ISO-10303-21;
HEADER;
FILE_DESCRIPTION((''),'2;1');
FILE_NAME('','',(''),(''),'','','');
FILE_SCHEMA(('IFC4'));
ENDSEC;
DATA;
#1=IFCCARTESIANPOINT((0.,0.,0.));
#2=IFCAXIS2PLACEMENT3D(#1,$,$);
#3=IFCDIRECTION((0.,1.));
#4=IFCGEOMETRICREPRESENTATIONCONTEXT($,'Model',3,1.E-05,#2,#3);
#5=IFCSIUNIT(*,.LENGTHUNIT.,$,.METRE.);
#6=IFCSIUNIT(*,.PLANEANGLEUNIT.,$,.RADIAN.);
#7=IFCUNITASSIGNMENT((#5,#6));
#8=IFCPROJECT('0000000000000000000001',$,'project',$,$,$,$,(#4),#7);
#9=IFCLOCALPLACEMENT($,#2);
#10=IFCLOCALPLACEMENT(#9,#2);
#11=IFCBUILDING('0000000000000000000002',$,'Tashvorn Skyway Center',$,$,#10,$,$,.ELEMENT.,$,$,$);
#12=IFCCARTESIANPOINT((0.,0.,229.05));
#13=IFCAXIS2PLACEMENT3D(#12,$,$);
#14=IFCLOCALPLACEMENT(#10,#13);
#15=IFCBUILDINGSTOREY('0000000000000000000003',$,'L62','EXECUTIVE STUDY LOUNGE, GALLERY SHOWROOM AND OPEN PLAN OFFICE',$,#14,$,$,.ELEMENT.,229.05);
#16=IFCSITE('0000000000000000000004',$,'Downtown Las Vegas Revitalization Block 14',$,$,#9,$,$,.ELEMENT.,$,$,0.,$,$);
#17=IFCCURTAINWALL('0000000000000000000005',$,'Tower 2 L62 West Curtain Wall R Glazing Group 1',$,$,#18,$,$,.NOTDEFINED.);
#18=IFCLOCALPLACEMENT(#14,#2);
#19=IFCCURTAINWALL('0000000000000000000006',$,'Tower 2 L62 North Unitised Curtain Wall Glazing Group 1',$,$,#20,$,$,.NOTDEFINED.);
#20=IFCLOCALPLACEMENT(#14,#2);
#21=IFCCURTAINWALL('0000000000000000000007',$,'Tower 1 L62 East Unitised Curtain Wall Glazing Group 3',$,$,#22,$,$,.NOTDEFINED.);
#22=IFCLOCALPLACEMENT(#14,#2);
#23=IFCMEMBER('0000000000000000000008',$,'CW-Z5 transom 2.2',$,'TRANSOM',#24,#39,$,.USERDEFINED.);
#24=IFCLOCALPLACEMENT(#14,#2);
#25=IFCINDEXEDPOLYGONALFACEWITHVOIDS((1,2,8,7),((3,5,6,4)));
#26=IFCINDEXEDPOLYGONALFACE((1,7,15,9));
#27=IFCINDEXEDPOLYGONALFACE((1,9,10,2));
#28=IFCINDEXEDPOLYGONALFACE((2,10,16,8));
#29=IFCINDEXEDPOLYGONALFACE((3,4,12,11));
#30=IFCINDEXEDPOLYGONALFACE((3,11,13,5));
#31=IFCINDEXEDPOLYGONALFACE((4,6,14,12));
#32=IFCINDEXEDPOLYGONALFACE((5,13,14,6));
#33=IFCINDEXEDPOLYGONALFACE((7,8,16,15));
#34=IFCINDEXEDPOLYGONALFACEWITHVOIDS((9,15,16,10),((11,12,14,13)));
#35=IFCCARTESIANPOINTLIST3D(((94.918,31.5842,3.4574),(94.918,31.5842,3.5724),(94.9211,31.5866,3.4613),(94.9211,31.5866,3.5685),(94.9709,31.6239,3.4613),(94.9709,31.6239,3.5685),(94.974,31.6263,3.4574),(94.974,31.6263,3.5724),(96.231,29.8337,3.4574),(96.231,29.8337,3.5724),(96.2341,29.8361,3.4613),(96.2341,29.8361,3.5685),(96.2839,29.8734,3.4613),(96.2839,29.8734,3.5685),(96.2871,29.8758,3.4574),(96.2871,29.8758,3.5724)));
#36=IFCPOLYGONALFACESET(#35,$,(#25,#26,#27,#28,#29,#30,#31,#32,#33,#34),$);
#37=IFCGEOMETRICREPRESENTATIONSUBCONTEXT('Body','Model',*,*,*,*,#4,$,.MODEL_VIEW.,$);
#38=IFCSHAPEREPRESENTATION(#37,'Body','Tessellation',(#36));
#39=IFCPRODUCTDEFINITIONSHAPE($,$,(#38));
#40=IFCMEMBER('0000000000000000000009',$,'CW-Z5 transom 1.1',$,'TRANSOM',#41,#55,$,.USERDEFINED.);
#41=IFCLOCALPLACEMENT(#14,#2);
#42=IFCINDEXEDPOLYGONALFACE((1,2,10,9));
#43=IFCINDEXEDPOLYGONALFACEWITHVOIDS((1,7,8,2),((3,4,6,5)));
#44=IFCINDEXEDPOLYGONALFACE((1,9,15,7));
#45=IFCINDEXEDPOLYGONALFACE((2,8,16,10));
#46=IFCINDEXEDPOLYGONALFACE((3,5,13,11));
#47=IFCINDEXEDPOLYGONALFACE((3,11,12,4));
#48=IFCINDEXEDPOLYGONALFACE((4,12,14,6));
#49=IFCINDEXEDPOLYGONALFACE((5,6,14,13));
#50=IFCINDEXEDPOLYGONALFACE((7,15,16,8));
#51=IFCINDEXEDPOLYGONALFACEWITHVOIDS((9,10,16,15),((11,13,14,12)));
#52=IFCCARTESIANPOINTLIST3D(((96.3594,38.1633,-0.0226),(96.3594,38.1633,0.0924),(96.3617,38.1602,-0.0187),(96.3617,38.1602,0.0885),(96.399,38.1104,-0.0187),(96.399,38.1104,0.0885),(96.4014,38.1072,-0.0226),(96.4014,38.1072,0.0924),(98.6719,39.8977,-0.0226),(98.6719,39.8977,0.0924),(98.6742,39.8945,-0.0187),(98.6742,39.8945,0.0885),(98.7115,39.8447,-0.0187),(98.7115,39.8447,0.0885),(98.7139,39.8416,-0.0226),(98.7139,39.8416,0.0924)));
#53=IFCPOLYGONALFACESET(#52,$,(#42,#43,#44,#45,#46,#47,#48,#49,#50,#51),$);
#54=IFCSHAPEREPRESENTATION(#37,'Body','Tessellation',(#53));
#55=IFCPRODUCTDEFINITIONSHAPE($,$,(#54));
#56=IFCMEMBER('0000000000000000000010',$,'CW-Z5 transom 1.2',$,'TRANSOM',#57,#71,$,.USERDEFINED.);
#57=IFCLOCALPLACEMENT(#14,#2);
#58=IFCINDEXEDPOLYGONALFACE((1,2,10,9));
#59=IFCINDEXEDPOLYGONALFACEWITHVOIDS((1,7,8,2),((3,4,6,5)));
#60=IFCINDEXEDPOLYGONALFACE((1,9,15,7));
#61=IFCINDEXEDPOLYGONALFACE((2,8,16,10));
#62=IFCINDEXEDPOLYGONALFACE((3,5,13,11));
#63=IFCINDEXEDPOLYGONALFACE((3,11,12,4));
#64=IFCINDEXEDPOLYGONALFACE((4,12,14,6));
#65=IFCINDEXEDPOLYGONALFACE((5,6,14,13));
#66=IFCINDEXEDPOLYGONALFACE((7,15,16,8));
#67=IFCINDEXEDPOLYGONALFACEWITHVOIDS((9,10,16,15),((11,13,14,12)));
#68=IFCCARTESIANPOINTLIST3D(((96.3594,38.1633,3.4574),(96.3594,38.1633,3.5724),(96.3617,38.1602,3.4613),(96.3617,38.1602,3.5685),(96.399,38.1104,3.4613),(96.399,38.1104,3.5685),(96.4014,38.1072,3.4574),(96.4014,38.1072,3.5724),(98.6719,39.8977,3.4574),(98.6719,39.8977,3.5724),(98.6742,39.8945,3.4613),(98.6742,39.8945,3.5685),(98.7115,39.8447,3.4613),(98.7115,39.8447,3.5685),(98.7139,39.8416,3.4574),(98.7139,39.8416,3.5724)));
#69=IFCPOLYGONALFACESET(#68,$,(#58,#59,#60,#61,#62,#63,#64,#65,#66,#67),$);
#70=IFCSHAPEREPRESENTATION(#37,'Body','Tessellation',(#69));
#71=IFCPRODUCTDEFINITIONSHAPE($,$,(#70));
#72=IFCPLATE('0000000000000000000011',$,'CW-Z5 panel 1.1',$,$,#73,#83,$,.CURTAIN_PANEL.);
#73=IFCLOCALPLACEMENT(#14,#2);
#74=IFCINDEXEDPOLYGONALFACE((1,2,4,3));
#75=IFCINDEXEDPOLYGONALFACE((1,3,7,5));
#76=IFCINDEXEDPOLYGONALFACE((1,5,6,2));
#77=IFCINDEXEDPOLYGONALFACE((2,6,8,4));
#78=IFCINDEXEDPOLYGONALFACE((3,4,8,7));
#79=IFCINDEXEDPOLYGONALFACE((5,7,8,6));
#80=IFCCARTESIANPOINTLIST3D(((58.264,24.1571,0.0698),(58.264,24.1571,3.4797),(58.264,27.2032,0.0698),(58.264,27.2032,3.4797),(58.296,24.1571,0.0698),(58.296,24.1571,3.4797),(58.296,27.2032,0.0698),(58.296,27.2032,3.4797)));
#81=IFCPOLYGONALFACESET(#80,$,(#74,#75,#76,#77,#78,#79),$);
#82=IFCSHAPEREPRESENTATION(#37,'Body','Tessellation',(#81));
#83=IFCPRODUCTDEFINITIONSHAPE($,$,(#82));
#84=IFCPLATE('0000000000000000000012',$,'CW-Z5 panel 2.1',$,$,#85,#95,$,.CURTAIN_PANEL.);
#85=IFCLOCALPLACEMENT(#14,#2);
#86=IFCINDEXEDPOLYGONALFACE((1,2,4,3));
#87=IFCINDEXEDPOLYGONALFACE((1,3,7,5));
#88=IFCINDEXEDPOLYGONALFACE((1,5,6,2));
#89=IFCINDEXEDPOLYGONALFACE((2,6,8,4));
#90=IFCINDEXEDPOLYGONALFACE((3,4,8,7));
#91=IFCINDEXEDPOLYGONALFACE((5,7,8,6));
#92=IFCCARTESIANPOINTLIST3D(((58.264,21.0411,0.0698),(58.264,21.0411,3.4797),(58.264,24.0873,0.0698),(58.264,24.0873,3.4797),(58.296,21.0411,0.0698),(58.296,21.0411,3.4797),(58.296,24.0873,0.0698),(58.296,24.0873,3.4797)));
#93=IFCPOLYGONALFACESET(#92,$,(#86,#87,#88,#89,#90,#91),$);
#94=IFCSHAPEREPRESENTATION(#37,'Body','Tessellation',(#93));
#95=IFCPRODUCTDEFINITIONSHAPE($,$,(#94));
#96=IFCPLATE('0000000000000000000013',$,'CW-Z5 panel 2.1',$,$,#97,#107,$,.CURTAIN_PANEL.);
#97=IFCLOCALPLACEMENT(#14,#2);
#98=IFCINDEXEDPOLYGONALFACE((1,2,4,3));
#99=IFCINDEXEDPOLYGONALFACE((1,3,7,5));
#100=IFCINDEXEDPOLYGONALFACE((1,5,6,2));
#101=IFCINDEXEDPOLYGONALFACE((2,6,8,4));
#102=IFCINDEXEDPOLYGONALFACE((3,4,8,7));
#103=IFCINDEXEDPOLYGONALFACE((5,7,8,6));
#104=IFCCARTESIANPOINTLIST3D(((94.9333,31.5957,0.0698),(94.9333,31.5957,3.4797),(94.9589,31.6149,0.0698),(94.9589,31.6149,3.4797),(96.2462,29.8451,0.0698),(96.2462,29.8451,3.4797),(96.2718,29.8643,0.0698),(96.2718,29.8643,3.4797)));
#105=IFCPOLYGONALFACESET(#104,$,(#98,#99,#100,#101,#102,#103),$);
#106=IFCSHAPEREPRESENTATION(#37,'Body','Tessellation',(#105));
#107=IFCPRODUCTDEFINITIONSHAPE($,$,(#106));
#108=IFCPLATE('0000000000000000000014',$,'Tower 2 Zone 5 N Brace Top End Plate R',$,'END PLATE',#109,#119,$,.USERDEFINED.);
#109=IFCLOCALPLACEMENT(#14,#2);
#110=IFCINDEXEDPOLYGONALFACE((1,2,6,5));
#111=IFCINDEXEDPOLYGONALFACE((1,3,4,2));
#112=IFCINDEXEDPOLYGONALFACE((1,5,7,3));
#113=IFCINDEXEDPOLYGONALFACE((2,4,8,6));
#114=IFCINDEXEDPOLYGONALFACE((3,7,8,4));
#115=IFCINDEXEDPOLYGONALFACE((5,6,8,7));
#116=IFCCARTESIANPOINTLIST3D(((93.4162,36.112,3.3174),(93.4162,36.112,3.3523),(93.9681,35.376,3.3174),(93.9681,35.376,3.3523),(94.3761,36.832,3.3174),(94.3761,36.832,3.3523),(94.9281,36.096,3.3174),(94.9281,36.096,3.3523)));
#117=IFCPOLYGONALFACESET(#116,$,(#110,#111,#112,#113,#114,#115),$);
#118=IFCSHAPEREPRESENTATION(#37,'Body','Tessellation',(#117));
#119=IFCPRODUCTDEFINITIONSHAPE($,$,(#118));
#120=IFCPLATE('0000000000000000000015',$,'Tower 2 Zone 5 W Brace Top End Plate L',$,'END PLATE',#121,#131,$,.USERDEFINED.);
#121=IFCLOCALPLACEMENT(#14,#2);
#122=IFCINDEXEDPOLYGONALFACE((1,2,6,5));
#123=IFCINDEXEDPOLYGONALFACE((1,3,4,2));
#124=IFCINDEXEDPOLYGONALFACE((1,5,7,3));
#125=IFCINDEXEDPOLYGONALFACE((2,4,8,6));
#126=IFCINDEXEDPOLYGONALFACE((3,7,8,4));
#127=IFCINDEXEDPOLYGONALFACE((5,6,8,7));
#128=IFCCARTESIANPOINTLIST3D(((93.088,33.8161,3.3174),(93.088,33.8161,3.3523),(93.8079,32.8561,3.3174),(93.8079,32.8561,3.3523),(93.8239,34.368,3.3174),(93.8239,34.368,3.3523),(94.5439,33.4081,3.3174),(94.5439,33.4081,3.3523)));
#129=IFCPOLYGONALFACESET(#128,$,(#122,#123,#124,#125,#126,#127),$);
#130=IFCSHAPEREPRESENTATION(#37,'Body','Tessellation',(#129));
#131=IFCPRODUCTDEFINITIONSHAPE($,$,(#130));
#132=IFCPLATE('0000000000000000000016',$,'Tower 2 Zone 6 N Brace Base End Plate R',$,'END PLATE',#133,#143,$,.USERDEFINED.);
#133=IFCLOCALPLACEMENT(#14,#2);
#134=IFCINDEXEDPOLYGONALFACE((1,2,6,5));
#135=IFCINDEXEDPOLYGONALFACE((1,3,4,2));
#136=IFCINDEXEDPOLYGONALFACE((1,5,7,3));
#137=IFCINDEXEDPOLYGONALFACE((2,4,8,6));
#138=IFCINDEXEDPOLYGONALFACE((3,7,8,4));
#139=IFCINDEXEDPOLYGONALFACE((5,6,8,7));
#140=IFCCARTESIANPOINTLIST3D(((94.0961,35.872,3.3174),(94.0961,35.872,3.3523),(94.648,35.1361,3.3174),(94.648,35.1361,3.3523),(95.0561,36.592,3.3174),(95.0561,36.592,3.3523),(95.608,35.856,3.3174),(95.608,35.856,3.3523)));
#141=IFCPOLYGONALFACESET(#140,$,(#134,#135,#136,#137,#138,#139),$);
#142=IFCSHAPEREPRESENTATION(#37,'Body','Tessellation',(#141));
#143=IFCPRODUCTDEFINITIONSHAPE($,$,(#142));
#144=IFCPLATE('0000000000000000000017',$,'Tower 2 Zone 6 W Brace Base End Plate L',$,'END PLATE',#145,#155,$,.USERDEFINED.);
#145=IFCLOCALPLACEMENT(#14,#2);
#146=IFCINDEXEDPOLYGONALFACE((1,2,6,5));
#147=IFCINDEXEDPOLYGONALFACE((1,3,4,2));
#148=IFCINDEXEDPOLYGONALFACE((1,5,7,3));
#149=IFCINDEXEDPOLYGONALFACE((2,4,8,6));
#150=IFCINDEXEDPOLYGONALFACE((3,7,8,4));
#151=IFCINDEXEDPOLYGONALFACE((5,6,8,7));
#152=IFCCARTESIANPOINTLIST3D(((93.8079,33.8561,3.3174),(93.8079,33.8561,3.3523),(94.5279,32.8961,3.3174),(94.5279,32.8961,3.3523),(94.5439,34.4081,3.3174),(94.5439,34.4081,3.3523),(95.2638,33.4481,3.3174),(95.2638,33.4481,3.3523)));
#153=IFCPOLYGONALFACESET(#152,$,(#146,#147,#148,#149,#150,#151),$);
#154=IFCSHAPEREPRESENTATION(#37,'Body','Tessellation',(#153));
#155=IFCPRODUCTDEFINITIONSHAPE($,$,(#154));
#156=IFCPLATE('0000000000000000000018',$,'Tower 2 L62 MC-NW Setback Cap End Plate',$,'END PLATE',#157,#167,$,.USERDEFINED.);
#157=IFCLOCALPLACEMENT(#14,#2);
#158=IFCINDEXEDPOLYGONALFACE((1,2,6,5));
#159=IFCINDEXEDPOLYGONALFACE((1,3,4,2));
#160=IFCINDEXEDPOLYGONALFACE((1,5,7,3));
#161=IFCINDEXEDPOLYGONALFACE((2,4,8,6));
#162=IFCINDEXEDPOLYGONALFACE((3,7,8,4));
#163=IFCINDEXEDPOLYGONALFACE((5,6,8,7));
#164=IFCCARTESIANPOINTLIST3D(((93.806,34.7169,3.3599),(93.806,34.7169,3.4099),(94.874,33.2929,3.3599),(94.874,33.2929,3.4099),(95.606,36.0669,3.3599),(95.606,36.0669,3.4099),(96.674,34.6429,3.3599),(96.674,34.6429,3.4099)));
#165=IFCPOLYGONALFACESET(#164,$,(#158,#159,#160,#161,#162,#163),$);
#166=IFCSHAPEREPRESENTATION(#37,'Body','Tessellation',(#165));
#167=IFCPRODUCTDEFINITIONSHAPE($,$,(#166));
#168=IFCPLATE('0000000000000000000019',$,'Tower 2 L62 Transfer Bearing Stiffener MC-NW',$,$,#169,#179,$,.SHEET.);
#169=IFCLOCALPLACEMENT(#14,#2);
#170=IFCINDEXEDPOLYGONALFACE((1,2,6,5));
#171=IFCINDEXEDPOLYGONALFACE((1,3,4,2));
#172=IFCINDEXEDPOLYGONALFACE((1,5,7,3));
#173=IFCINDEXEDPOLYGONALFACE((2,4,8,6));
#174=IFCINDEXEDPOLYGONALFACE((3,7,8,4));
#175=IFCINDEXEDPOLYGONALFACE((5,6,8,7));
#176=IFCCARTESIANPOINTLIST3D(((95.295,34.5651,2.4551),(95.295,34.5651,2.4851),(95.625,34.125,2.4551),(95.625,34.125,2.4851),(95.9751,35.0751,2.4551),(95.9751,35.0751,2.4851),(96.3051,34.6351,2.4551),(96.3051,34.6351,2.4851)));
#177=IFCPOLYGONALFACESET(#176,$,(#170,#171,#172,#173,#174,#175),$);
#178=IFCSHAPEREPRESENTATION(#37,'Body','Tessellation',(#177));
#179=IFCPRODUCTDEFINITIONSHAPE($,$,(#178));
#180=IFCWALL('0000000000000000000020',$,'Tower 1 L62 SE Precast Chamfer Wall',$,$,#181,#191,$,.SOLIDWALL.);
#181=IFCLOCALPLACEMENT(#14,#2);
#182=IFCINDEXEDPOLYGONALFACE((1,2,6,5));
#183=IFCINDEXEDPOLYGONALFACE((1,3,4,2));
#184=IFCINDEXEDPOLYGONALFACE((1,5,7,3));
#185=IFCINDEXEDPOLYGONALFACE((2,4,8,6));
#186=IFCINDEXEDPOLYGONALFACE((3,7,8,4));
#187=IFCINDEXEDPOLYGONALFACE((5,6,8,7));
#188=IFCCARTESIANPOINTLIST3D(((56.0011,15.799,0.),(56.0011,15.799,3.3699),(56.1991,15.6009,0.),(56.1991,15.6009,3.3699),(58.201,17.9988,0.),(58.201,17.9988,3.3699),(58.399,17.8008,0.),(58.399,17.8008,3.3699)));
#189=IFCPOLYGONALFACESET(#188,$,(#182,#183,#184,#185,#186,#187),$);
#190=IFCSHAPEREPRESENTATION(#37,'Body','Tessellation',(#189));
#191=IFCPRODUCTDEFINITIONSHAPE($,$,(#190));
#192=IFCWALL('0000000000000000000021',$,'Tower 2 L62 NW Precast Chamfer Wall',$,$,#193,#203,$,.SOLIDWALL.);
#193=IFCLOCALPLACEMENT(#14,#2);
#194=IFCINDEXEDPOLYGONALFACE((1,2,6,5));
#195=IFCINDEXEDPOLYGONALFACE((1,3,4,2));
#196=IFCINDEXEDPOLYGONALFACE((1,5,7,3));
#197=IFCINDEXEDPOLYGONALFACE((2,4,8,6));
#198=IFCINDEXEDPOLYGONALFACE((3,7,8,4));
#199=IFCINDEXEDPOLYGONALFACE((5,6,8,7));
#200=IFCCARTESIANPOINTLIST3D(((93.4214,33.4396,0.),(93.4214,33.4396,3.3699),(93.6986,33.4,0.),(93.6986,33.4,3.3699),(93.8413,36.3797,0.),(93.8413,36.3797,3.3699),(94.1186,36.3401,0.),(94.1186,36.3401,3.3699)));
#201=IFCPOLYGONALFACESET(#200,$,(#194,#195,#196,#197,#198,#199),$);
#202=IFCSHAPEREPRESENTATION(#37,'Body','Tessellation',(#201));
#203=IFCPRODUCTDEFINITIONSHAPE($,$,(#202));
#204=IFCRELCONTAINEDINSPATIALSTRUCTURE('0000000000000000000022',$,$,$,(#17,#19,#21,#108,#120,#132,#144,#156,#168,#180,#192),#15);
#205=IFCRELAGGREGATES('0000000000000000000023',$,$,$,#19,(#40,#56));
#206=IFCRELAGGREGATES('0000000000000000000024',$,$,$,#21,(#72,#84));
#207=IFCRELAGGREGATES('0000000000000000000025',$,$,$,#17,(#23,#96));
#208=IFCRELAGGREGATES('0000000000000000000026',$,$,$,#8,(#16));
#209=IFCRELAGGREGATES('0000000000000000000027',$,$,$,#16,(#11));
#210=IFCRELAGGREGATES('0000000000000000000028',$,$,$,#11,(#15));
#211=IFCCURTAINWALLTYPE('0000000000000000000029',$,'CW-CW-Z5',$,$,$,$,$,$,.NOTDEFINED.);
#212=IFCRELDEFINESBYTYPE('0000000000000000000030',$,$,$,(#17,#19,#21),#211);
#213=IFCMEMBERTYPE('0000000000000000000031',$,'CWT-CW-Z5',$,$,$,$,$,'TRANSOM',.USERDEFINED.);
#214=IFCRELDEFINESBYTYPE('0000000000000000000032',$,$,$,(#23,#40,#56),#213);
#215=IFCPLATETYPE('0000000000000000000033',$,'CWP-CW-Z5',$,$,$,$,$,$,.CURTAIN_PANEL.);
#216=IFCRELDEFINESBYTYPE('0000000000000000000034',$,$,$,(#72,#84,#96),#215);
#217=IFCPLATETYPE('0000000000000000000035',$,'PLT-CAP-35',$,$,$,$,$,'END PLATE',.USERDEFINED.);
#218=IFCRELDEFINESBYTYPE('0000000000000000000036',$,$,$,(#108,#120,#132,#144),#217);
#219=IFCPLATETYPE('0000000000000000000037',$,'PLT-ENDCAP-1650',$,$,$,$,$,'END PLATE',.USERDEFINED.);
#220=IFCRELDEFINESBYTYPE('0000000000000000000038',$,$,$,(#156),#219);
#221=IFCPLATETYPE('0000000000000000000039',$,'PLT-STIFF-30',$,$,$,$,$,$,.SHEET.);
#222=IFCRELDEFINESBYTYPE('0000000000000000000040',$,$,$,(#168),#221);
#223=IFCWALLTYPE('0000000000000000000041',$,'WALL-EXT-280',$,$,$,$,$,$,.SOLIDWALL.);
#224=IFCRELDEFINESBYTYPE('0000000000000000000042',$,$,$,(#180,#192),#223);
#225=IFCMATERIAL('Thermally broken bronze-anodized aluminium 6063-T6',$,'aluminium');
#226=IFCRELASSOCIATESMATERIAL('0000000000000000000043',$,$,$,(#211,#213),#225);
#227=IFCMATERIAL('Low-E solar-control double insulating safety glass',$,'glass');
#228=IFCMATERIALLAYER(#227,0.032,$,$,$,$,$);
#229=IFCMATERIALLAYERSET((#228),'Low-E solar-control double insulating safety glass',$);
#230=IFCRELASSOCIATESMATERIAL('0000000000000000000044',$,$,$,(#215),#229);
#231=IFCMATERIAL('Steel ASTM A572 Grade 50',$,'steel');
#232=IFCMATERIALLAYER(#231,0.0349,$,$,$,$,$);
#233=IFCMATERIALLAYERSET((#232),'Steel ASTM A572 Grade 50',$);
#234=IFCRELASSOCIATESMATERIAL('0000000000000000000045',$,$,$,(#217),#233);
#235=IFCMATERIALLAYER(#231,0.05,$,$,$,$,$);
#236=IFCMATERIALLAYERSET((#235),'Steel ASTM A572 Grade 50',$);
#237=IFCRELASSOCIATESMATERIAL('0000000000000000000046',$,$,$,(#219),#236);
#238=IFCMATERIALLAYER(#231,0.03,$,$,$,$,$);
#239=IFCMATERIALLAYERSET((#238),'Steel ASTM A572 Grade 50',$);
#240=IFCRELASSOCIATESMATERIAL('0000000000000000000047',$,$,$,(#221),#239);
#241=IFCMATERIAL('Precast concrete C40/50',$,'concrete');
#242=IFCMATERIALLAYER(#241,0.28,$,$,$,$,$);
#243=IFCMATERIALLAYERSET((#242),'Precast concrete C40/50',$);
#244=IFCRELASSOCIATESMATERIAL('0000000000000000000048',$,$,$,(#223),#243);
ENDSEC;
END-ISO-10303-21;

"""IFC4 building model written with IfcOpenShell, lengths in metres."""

from ifc_helpers import new_model, si_unit, direction, frame, frame_2d, origin, origin_2d, place, context, subcontext, project, spatial, rectangle, hollow_rectangle, extrude, material, layer, layer_set, material_profile, profile_set, type_object, element, aggregate, save


model = new_model("IFC4")

# Units and contexts
model_context = context("Model", 3, precision=1e-05, world=origin(), true_north=direction((0.0, 1.0)))
body_context = subcontext(model_context, "Body", "Model", "MODEL_VIEW")
ifc_project = project(units=[si_unit("LENGTHUNIT", "METRE"), si_unit("PLANEANGLEUNIT", "RADIAN")], contexts=[model_context])

# Site, building, storey
site_placement = place(None, origin())
site = spatial("IfcSite", under=ifc_project, at=site_placement, Name="Downtown Las Vegas Revitalization Block 14", CompositionType="ELEMENT", RefElevation=0.0)
building_placement = place(site_placement, origin())
building = spatial("IfcBuilding", under=site, at=building_placement, Name="Tashvorn Skyway Center", CompositionType="ELEMENT")
storey_placement = place(building_placement, frame((0.0, 0.0, 229.05)))
storey = spatial("IfcBuildingStorey", under=building, at=storey_placement, Name="L62", Description="EXECUTIVE STUDY LOUNGE, GALLERY SHOWROOM AND OPEN PLAN OFFICE", CompositionType="ELEMENT", Elevation=229.05)

# Shared definitions
ifc_material_1 = material(Name="Steel ASTM A572 Grade 50", Category="steel")

# Curtain wall
ifc_material_2 = material(Name="Thermally broken bronze-anodized aluminium 6063-T6", Category="aluminium")
curtain_wall_type = type_object("IfcCurtainWallType", Name="CW-CW-Z5", PredefinedType="NOTDEFINED", material=ifc_material_2)
curtain_wall_1_placement = place(storey_placement, origin())
curtain_wall_1 = element("IfcCurtainWall", 1, at=curtain_wall_1_placement, inside=storey, type_object=curtain_wall_type, Name="Tower 2 L62 West Curtain Wall R Glazing Group 1", PredefinedType="NOTDEFINED")

# Curtain wall
curtain_wall_2_placement = place(storey_placement, origin())
curtain_wall_2 = element("IfcCurtainWall", 2, at=curtain_wall_2_placement, inside=storey, type_object=curtain_wall_type, Name="Tower 2 L62 North Unitised Curtain Wall Glazing Group 1", PredefinedType="NOTDEFINED")

# Curtain wall
curtain_wall_3_placement = place(storey_placement, origin())
curtain_wall_3 = element("IfcCurtainWall", 3, at=curtain_wall_3_placement, inside=storey, type_object=curtain_wall_type, Name="Tower 1 L62 East Unitised Curtain Wall Glazing Group 3", PredefinedType="NOTDEFINED")
ifc_material_profile_1 = material_profile(ifc_material_2, hollow_rectangle(XDim=0.0701, YDim=0.115, WallThickness=0.0039, at=origin_2d()), Name="ALU-TRAN-70x115")
ifc_profile_set_1 = profile_set([ifc_material_profile_1], Name="Thermally broken bronze-anodized aluminium 6063-T6")
member_type_1 = type_object("IfcMemberType", Name="CWT-CW-Z5", ElementType="TRANSOM", PredefinedType="USERDEFINED", material=ifc_profile_set_1)

# Members
member_1_placement = place(storey_placement, frame((96.259, 29.8547, 3.5149), z_axis=(-0.600036, 0.799973, 0.0), x_axis=(-0.799973, -0.600036, 0.0)))
member_1 = element("IfcMember", 4, at=member_1_placement, type_object=member_type_1, Name="CW-Z5 transom 2.2", ObjectType="TRANSOM", PredefinedType="USERDEFINED", context=body_context, shape_type="SweptSolid", body=[
    extrude(hollow_rectangle(XDim=0.0701, YDim=0.115, WallThickness=0.0039, at=origin_2d()), origin(), (0.0, 0.0, 1.0), 2.1882),
])
member_2_placement = place(storey_placement, frame((96.3804, 38.1353, 0.0349), z_axis=(0.8, 0.6, 0.0), x_axis=(-0.6, 0.8, 0.0)))
member_2 = element("IfcMember", 5, at=member_2_placement, type_object=member_type_1, Name="CW-Z5 transom 1.1", ObjectType="TRANSOM", PredefinedType="USERDEFINED", context=body_context, shape_type="SweptSolid", body=[
    extrude(hollow_rectangle(XDim=0.0701, YDim=0.115, WallThickness=0.0039, at=origin_2d()), origin(), (0.0, 0.0, 1.0), 2.8906),
])
member_3_placement = place(storey_placement, frame((96.3804, 38.1353, 3.5149), z_axis=(0.8, 0.6, 0.0), x_axis=(-0.6, 0.8, 0.0)))
member_3 = element("IfcMember", 6, at=member_3_placement, type_object=member_type_1, Name="CW-Z5 transom 1.2", ObjectType="TRANSOM", PredefinedType="USERDEFINED", context=body_context, shape_type="SweptSolid", body=[
    extrude(hollow_rectangle(XDim=0.0701, YDim=0.115, WallThickness=0.0039, at=origin_2d()), origin(), (0.0, 0.0, 1.0), 2.8906),
])
aggregate(curtain_wall_2, [member_2, member_3])

# Plates
ifc_material_3 = material(Name="Low-E solar-control double insulating safety glass", Category="glass")
ifc_layer_1 = layer(ifc_material_3, 0.032)
ifc_layer_set_1 = layer_set([ifc_layer_1], Name="Low-E solar-control double insulating safety glass")
plate_type_1 = type_object("IfcPlateType", Name="CWP-CW-Z5", PredefinedType="CURTAIN_PANEL", material=ifc_layer_set_1)
plate_1_placement = place(storey_placement, frame((58.28, 25.6802, 0.0698), z_axis=(0.0, 0.0, 1.0), x_axis=(0.0, -1.0, 0.0)))
plate_1 = element("IfcPlate", 7, at=plate_1_placement, type_object=plate_type_1, Name="CW-Z5 panel 1.1", PredefinedType="CURTAIN_PANEL", context=body_context, shape_type="SweptSolid", body=[
    extrude(rectangle(XDim=3.0461, YDim=0.032, at=origin_2d()), origin(), (0.0, 0.0, 1.0), 3.4099),
])
plate_2_placement = place(storey_placement, frame((58.28, 22.5642, 0.0698), z_axis=(0.0, 0.0, 1.0), x_axis=(0.0, -1.0, 0.0)))
plate_2 = element("IfcPlate", 8, at=plate_2_placement, type_object=plate_type_1, Name="CW-Z5 panel 2.1", PredefinedType="CURTAIN_PANEL", context=body_context, shape_type="SweptSolid", body=[
    extrude(rectangle(XDim=3.0461, YDim=0.032, at=origin_2d()), origin(), (0.0, 0.0, 1.0), 3.4099),
])
aggregate(curtain_wall_3, [plate_1, plate_2])
plate_3_placement = place(storey_placement, frame((95.6025, 30.73, 0.0698), z_axis=(0.0, 0.0, 1.0), x_axis=(-0.600003, 0.799997, 0.0)))
plate_3 = element("IfcPlate", 9, at=plate_3_placement, type_object=plate_type_1, Name="CW-Z5 panel 2.1", PredefinedType="CURTAIN_PANEL", context=body_context, shape_type="SweptSolid", body=[
    extrude(rectangle(XDim=2.1882, YDim=0.032, at=origin_2d()), origin(), (0.0, 0.0, 1.0), 3.4099),
])
aggregate(curtain_wall_1, [member_1, plate_3])

# Plates
ifc_layer_2 = layer(ifc_material_1, 0.0349)
ifc_layer_set_2 = layer_set([ifc_layer_2], Name="Steel ASTM A572 Grade 50")
plate_type_2 = type_object("IfcPlateType", Name="PLT-CAP-35", ElementType="END PLATE", PredefinedType="USERDEFINED", material=ifc_layer_set_2)
for number, where, z_axis, x_axis, name in (
    (10, (94.1721, 36.104, 3.3174), (0.0, 0.0, 1.0), (-0.8, -0.6, 0.0), "Tower 2 Zone 5 N Brace Top End Plate R"),
    (11, (93.8159, 33.6121, 3.3174), (0.0, 0.0, 1.0), (0.6, -0.8, 0.0), "Tower 2 Zone 5 W Brace Top End Plate L"),
    (12, (94.8521, 35.864, 3.3174), (0.0, 0.0, 1.0), (-0.8, -0.6, 0.0), "Tower 2 Zone 6 N Brace Base End Plate R"),
    (13, (94.5359, 33.6521, 3.3174), (0.0, 0.0, 1.0), (0.6, -0.8, 0.0), "Tower 2 Zone 6 W Brace Base End Plate L"),
):
    element("IfcPlate", number, at=place(storey_placement, frame(where, z_axis=z_axis, x_axis=x_axis)), inside=storey, type_object=plate_type_2, Name=name, ObjectType="END PLATE", PredefinedType="USERDEFINED", context=body_context, shape_type="SweptSolid", body=[
        extrude(rectangle(XDim=1.2, YDim=0.9199, at=origin_2d()), origin(), (0.0, 0.0, 1.0), 0.0349),
    ])
ifc_layer_3 = layer(ifc_material_1, 0.05)
ifc_layer_set_3 = layer_set([ifc_layer_3], Name="Steel ASTM A572 Grade 50")
plate_type_3 = type_object("IfcPlateType", Name="PLT-ENDCAP-1650", ElementType="END PLATE", PredefinedType="USERDEFINED", material=ifc_layer_set_3)
plate_4_placement = place(storey_placement, frame((95.24, 34.6799, 3.3599), z_axis=(0.0, 0.0, 1.0), x_axis=(0.8, 0.6, 0.0)))
element("IfcPlate", 14, at=plate_4_placement, inside=storey, type_object=plate_type_3, Name="Tower 2 L62 MC-NW Setback Cap End Plate", ObjectType="END PLATE", PredefinedType="USERDEFINED", context=body_context, shape_type="SweptSolid", body=[
    extrude(rectangle(XDim=2.25, YDim=1.78, at=origin_2d()), origin(), (0.0, 0.0, 1.0), 0.05),
])
ifc_layer_4 = layer(ifc_material_1, 0.03)
ifc_layer_set_4 = layer_set([ifc_layer_4], Name="Steel ASTM A572 Grade 50")
plate_type_4 = type_object("IfcPlateType", Name="PLT-STIFF-30", PredefinedType="SHEET", material=ifc_layer_set_4)
plate_5_placement = place(storey_placement, frame((95.8, 34.6001, 2.4551), z_axis=(0.0, 0.0, 1.0), x_axis=(0.8, 0.6, 0.0)))
element("IfcPlate", 15, at=plate_5_placement, inside=storey, type_object=plate_type_4, Name="Tower 2 L62 Transfer Bearing Stiffener MC-NW", PredefinedType="SHEET", context=body_context, shape_type="SweptSolid", body=[
    extrude(rectangle(XDim=0.8501, YDim=0.55, at=origin_2d()), origin(), (0.0, 0.0, 1.0), 0.03),
])

# Walls
ifc_material_4 = material(Name="Precast concrete C40/50", Category="concrete")
ifc_layer_5 = layer(ifc_material_4, 0.28)
ifc_layer_set_5 = layer_set([ifc_layer_5], Name="Precast concrete C40/50")
wall_type_1 = type_object("IfcWallType", Name="WALL-EXT-280", PredefinedType="SOLIDWALL", material=ifc_layer_set_5)
wall_1_placement = place(storey_placement, frame((58.3, 17.8999, 0.0), z_axis=(0.0, 0.0, 1.0), x_axis=(-0.707107, -0.707107, 0.0)))
element("IfcWall", 16, at=wall_1_placement, inside=storey, type_object=wall_type_1, Name="Tower 1 L62 SE Precast Chamfer Wall", PredefinedType="SOLIDWALL", context=body_context, shape_type="SweptSolid", body=[
    extrude(rectangle(XDim=3.1111, YDim=0.28, at=frame_2d((1.5557, 0.0))), origin(), (0.0, 0.0, 1.0), 3.3699),
])
wall_2_placement = place(storey_placement, frame((93.5601, 33.4199, 0.0), z_axis=(0.0, 0.0, 1.0), x_axis=(0.141387, 0.989954, 0.0)))
element("IfcWall", 17, at=wall_2_placement, inside=storey, type_object=wall_type_1, Name="Tower 2 L62 NW Precast Chamfer Wall", PredefinedType="SOLIDWALL", context=body_context, shape_type="SweptSolid", body=[
    extrude(rectangle(XDim=2.97, YDim=0.28, at=frame_2d((1.4849, 0.0))), origin(), (0.0, 0.0, 1.0), 3.3699),
])

save(model, "model.ifc")
